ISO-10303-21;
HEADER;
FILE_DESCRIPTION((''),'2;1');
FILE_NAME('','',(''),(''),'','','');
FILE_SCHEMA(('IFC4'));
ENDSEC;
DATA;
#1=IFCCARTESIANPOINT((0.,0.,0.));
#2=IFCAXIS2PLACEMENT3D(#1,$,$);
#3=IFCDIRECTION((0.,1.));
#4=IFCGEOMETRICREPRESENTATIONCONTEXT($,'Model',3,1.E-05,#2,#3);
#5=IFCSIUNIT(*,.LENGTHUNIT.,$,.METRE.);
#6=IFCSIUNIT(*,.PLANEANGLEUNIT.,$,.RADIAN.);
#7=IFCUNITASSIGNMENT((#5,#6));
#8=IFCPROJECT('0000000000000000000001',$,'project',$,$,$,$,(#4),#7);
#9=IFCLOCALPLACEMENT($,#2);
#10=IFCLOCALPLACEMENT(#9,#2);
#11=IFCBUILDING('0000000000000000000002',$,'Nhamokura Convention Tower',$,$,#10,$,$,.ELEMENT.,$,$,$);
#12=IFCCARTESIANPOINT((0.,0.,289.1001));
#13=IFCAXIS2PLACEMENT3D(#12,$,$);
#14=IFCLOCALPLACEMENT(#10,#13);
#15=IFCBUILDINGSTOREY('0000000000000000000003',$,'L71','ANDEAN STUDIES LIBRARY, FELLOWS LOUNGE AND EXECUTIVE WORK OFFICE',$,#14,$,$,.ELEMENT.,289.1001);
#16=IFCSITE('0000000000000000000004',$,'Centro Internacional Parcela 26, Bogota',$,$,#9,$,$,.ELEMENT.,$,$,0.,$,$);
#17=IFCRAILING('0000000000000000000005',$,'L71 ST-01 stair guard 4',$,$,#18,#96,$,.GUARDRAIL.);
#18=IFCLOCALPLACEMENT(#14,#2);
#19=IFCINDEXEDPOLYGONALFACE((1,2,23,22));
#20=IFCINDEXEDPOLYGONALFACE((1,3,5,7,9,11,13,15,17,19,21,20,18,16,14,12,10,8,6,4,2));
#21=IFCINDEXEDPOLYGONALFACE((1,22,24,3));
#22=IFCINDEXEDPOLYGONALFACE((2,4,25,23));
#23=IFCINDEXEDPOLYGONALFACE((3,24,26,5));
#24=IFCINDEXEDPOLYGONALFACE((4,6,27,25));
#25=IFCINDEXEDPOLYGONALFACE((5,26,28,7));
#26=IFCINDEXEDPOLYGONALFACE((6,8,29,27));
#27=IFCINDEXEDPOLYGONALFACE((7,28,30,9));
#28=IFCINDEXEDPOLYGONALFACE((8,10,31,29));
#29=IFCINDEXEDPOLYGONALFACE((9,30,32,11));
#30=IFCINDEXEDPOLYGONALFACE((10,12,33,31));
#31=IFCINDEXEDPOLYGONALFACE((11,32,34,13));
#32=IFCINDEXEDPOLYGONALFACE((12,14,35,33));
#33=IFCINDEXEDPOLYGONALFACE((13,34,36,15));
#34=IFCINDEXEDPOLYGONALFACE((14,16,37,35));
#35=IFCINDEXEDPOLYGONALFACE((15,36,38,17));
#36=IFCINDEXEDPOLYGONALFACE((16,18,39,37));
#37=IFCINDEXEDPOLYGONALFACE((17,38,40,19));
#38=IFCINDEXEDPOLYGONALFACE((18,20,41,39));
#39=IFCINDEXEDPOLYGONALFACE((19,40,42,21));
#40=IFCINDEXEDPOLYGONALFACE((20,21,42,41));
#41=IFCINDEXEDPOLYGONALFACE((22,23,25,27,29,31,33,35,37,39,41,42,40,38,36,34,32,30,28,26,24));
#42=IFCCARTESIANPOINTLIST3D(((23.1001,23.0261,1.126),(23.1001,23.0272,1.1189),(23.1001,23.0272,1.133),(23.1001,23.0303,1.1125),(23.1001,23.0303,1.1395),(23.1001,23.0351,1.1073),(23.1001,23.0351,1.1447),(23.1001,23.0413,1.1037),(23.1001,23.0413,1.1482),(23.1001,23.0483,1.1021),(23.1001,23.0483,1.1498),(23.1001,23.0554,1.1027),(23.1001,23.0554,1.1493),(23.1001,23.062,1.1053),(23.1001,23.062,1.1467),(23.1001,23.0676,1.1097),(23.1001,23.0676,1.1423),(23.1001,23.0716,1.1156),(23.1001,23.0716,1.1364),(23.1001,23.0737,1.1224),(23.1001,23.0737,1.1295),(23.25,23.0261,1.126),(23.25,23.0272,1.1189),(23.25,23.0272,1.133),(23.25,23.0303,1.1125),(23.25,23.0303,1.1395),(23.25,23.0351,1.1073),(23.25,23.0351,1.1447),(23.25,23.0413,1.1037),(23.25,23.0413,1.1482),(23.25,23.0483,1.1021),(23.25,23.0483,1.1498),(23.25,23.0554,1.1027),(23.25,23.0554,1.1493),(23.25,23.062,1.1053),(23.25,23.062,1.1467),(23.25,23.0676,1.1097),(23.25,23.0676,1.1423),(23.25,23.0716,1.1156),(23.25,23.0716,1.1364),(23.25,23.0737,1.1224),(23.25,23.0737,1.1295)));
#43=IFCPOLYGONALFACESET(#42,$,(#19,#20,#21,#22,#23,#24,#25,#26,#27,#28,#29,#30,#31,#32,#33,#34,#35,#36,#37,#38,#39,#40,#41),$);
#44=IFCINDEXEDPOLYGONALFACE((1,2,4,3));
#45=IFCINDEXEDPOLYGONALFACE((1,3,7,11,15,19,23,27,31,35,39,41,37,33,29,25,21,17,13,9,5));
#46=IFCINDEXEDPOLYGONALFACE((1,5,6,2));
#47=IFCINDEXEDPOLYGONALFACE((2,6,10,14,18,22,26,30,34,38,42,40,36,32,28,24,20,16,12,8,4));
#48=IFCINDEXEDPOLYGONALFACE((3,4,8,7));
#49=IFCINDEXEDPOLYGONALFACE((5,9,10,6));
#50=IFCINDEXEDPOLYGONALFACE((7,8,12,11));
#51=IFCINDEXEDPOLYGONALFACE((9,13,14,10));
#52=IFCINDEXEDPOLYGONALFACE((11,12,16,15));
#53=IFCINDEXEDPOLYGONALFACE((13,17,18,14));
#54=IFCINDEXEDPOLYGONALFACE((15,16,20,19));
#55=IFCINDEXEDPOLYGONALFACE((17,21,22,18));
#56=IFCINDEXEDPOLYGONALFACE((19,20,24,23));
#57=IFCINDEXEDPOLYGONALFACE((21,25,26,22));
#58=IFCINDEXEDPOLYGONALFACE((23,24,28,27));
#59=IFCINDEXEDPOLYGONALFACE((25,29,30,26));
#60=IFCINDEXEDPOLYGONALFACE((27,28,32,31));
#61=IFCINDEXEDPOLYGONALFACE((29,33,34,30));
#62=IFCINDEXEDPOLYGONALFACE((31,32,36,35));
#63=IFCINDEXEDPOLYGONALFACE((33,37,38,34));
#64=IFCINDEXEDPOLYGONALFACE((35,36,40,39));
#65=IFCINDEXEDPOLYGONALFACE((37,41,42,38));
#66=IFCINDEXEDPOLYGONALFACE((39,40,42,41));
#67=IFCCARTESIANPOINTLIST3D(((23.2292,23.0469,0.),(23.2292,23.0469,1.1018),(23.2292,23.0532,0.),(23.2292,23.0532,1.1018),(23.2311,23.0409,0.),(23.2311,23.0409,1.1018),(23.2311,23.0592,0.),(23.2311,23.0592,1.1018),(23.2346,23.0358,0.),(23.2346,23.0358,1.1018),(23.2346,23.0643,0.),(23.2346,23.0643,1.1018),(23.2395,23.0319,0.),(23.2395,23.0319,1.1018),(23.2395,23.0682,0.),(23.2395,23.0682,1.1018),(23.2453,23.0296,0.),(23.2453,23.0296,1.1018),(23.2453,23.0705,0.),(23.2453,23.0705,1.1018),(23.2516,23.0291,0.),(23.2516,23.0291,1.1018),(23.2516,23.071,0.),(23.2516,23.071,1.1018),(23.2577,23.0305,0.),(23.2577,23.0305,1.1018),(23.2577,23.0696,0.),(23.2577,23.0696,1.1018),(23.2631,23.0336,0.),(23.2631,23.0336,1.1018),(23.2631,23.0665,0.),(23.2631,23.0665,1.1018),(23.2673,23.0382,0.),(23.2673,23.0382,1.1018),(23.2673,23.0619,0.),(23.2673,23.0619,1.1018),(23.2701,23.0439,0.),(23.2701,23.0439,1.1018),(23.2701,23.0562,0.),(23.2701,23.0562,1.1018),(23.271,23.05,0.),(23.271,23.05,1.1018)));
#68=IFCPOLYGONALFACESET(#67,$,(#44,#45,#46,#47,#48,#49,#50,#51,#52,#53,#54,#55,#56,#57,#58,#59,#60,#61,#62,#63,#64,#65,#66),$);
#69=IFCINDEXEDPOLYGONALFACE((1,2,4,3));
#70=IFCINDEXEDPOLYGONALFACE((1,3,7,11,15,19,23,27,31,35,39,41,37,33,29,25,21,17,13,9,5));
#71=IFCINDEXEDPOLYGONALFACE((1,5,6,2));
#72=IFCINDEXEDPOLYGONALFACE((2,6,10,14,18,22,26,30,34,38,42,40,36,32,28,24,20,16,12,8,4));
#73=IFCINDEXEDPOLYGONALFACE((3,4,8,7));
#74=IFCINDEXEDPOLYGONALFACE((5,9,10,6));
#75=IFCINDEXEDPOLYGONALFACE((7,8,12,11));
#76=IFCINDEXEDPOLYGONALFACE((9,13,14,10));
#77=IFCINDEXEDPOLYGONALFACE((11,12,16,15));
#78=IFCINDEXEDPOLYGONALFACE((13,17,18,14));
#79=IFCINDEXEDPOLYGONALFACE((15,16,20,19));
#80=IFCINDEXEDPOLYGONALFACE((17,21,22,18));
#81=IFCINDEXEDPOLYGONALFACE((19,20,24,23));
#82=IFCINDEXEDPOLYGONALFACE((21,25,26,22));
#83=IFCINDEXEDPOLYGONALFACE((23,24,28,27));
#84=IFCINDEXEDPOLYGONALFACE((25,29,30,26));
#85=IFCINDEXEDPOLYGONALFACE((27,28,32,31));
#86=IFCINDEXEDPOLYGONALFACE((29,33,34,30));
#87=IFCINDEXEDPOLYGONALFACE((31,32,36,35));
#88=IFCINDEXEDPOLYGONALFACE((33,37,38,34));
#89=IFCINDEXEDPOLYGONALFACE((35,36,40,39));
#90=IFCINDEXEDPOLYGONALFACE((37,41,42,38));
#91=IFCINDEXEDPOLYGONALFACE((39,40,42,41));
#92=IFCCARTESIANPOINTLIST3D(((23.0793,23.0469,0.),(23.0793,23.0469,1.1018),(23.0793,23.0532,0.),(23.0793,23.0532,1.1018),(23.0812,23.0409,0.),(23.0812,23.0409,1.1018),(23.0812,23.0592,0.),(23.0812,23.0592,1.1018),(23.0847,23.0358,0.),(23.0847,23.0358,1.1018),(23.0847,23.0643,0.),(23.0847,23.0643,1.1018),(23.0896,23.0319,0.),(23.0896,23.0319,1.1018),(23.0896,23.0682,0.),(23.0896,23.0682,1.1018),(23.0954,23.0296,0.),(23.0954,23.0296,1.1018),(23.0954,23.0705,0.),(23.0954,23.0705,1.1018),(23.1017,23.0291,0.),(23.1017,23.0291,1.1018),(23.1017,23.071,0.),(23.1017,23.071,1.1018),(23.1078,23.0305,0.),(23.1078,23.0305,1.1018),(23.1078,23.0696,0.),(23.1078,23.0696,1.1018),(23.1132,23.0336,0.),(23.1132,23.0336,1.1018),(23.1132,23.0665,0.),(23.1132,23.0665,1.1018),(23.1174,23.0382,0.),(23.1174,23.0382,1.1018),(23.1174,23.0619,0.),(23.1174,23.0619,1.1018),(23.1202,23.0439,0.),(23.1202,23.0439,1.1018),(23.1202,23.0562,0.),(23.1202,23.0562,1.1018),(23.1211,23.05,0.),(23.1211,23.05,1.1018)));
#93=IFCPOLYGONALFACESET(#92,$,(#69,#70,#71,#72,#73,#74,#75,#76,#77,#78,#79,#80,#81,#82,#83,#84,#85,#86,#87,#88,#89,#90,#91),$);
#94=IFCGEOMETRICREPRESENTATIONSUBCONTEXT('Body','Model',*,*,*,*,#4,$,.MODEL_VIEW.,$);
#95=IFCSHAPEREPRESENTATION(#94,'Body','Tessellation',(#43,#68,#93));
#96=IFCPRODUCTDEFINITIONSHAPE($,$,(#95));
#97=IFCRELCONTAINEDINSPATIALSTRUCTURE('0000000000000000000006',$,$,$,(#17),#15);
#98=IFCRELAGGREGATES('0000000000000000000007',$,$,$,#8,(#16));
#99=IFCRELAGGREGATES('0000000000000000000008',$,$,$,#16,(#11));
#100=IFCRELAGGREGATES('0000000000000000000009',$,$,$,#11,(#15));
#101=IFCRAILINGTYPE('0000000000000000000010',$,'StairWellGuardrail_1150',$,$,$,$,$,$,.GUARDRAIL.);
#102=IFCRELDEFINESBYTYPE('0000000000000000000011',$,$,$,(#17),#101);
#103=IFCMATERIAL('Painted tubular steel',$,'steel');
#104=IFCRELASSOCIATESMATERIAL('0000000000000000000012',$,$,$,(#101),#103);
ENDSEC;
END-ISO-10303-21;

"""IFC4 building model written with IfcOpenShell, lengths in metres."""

from ifc_helpers import new_model, si_unit, direction, frame, origin, origin_2d, place, context, subcontext, project, spatial, circle, extrude, material, type_object, element, save


model = new_model("IFC4")

# Units and contexts
model_context = context("Model", 3, precision=1e-05, world=origin(), true_north=direction((0.0, 1.0)))
body_context = subcontext(model_context, "Body", "Model", "MODEL_VIEW")
ifc_project = project(units=[si_unit("LENGTHUNIT", "METRE"), si_unit("PLANEANGLEUNIT", "RADIAN")], contexts=[model_context])

# Site, building, storey
site_placement = place(None, origin())
site = spatial("IfcSite", under=ifc_project, at=site_placement, Name="Centro Internacional Parcela 26, Bogota", CompositionType="ELEMENT", RefElevation=0.0)
building_placement = place(site_placement, origin())
building = spatial("IfcBuilding", under=site, at=building_placement, Name="Nhamokura Convention Tower", CompositionType="ELEMENT")
storey_placement = place(building_placement, frame((0.0, 0.0, 289.1001)))
storey = spatial("IfcBuildingStorey", under=building, at=storey_placement, Name="L71", Description="ANDEAN STUDIES LIBRARY, FELLOWS LOUNGE AND EXECUTIVE WORK OFFICE", CompositionType="ELEMENT", Elevation=289.1001)

# Railing
ifc_material_1 = material(Name="Painted tubular steel", Category="steel")
railing_type_1 = type_object("IfcRailingType", Name="StairWellGuardrail_1150", PredefinedType="GUARDRAIL", material=ifc_material_1)
railing_1_placement = place(storey_placement, frame((23.25, 23.05, 0.0)))
element("IfcRailing", 1, at=railing_1_placement, inside=storey, type_object=railing_type_1, Name="L71 ST-01 stair guard 4", PredefinedType="GUARDRAIL", context=body_context, shape_type="SweptSolid", body=[
    extrude(circle(Radius=0.0239, at=origin_2d()), frame((0.0, 0.0, 1.126), z_axis=(-1.0, 0.0, 0.0), x_axis=(0.0, -1.0, 0.0)), (0.0, 0.0, 1.0), 0.1499),
    extrude(circle(Radius=0.021, at=origin_2d()), origin(), (0.0, 0.0, 1.0), 1.1018),
    extrude(circle(Radius=0.021, at=origin_2d()), frame((-0.1499, 0.0, 0.0)), (0.0, 0.0, 1.0), 1.1018),
])

save(model, "model.ifc")
